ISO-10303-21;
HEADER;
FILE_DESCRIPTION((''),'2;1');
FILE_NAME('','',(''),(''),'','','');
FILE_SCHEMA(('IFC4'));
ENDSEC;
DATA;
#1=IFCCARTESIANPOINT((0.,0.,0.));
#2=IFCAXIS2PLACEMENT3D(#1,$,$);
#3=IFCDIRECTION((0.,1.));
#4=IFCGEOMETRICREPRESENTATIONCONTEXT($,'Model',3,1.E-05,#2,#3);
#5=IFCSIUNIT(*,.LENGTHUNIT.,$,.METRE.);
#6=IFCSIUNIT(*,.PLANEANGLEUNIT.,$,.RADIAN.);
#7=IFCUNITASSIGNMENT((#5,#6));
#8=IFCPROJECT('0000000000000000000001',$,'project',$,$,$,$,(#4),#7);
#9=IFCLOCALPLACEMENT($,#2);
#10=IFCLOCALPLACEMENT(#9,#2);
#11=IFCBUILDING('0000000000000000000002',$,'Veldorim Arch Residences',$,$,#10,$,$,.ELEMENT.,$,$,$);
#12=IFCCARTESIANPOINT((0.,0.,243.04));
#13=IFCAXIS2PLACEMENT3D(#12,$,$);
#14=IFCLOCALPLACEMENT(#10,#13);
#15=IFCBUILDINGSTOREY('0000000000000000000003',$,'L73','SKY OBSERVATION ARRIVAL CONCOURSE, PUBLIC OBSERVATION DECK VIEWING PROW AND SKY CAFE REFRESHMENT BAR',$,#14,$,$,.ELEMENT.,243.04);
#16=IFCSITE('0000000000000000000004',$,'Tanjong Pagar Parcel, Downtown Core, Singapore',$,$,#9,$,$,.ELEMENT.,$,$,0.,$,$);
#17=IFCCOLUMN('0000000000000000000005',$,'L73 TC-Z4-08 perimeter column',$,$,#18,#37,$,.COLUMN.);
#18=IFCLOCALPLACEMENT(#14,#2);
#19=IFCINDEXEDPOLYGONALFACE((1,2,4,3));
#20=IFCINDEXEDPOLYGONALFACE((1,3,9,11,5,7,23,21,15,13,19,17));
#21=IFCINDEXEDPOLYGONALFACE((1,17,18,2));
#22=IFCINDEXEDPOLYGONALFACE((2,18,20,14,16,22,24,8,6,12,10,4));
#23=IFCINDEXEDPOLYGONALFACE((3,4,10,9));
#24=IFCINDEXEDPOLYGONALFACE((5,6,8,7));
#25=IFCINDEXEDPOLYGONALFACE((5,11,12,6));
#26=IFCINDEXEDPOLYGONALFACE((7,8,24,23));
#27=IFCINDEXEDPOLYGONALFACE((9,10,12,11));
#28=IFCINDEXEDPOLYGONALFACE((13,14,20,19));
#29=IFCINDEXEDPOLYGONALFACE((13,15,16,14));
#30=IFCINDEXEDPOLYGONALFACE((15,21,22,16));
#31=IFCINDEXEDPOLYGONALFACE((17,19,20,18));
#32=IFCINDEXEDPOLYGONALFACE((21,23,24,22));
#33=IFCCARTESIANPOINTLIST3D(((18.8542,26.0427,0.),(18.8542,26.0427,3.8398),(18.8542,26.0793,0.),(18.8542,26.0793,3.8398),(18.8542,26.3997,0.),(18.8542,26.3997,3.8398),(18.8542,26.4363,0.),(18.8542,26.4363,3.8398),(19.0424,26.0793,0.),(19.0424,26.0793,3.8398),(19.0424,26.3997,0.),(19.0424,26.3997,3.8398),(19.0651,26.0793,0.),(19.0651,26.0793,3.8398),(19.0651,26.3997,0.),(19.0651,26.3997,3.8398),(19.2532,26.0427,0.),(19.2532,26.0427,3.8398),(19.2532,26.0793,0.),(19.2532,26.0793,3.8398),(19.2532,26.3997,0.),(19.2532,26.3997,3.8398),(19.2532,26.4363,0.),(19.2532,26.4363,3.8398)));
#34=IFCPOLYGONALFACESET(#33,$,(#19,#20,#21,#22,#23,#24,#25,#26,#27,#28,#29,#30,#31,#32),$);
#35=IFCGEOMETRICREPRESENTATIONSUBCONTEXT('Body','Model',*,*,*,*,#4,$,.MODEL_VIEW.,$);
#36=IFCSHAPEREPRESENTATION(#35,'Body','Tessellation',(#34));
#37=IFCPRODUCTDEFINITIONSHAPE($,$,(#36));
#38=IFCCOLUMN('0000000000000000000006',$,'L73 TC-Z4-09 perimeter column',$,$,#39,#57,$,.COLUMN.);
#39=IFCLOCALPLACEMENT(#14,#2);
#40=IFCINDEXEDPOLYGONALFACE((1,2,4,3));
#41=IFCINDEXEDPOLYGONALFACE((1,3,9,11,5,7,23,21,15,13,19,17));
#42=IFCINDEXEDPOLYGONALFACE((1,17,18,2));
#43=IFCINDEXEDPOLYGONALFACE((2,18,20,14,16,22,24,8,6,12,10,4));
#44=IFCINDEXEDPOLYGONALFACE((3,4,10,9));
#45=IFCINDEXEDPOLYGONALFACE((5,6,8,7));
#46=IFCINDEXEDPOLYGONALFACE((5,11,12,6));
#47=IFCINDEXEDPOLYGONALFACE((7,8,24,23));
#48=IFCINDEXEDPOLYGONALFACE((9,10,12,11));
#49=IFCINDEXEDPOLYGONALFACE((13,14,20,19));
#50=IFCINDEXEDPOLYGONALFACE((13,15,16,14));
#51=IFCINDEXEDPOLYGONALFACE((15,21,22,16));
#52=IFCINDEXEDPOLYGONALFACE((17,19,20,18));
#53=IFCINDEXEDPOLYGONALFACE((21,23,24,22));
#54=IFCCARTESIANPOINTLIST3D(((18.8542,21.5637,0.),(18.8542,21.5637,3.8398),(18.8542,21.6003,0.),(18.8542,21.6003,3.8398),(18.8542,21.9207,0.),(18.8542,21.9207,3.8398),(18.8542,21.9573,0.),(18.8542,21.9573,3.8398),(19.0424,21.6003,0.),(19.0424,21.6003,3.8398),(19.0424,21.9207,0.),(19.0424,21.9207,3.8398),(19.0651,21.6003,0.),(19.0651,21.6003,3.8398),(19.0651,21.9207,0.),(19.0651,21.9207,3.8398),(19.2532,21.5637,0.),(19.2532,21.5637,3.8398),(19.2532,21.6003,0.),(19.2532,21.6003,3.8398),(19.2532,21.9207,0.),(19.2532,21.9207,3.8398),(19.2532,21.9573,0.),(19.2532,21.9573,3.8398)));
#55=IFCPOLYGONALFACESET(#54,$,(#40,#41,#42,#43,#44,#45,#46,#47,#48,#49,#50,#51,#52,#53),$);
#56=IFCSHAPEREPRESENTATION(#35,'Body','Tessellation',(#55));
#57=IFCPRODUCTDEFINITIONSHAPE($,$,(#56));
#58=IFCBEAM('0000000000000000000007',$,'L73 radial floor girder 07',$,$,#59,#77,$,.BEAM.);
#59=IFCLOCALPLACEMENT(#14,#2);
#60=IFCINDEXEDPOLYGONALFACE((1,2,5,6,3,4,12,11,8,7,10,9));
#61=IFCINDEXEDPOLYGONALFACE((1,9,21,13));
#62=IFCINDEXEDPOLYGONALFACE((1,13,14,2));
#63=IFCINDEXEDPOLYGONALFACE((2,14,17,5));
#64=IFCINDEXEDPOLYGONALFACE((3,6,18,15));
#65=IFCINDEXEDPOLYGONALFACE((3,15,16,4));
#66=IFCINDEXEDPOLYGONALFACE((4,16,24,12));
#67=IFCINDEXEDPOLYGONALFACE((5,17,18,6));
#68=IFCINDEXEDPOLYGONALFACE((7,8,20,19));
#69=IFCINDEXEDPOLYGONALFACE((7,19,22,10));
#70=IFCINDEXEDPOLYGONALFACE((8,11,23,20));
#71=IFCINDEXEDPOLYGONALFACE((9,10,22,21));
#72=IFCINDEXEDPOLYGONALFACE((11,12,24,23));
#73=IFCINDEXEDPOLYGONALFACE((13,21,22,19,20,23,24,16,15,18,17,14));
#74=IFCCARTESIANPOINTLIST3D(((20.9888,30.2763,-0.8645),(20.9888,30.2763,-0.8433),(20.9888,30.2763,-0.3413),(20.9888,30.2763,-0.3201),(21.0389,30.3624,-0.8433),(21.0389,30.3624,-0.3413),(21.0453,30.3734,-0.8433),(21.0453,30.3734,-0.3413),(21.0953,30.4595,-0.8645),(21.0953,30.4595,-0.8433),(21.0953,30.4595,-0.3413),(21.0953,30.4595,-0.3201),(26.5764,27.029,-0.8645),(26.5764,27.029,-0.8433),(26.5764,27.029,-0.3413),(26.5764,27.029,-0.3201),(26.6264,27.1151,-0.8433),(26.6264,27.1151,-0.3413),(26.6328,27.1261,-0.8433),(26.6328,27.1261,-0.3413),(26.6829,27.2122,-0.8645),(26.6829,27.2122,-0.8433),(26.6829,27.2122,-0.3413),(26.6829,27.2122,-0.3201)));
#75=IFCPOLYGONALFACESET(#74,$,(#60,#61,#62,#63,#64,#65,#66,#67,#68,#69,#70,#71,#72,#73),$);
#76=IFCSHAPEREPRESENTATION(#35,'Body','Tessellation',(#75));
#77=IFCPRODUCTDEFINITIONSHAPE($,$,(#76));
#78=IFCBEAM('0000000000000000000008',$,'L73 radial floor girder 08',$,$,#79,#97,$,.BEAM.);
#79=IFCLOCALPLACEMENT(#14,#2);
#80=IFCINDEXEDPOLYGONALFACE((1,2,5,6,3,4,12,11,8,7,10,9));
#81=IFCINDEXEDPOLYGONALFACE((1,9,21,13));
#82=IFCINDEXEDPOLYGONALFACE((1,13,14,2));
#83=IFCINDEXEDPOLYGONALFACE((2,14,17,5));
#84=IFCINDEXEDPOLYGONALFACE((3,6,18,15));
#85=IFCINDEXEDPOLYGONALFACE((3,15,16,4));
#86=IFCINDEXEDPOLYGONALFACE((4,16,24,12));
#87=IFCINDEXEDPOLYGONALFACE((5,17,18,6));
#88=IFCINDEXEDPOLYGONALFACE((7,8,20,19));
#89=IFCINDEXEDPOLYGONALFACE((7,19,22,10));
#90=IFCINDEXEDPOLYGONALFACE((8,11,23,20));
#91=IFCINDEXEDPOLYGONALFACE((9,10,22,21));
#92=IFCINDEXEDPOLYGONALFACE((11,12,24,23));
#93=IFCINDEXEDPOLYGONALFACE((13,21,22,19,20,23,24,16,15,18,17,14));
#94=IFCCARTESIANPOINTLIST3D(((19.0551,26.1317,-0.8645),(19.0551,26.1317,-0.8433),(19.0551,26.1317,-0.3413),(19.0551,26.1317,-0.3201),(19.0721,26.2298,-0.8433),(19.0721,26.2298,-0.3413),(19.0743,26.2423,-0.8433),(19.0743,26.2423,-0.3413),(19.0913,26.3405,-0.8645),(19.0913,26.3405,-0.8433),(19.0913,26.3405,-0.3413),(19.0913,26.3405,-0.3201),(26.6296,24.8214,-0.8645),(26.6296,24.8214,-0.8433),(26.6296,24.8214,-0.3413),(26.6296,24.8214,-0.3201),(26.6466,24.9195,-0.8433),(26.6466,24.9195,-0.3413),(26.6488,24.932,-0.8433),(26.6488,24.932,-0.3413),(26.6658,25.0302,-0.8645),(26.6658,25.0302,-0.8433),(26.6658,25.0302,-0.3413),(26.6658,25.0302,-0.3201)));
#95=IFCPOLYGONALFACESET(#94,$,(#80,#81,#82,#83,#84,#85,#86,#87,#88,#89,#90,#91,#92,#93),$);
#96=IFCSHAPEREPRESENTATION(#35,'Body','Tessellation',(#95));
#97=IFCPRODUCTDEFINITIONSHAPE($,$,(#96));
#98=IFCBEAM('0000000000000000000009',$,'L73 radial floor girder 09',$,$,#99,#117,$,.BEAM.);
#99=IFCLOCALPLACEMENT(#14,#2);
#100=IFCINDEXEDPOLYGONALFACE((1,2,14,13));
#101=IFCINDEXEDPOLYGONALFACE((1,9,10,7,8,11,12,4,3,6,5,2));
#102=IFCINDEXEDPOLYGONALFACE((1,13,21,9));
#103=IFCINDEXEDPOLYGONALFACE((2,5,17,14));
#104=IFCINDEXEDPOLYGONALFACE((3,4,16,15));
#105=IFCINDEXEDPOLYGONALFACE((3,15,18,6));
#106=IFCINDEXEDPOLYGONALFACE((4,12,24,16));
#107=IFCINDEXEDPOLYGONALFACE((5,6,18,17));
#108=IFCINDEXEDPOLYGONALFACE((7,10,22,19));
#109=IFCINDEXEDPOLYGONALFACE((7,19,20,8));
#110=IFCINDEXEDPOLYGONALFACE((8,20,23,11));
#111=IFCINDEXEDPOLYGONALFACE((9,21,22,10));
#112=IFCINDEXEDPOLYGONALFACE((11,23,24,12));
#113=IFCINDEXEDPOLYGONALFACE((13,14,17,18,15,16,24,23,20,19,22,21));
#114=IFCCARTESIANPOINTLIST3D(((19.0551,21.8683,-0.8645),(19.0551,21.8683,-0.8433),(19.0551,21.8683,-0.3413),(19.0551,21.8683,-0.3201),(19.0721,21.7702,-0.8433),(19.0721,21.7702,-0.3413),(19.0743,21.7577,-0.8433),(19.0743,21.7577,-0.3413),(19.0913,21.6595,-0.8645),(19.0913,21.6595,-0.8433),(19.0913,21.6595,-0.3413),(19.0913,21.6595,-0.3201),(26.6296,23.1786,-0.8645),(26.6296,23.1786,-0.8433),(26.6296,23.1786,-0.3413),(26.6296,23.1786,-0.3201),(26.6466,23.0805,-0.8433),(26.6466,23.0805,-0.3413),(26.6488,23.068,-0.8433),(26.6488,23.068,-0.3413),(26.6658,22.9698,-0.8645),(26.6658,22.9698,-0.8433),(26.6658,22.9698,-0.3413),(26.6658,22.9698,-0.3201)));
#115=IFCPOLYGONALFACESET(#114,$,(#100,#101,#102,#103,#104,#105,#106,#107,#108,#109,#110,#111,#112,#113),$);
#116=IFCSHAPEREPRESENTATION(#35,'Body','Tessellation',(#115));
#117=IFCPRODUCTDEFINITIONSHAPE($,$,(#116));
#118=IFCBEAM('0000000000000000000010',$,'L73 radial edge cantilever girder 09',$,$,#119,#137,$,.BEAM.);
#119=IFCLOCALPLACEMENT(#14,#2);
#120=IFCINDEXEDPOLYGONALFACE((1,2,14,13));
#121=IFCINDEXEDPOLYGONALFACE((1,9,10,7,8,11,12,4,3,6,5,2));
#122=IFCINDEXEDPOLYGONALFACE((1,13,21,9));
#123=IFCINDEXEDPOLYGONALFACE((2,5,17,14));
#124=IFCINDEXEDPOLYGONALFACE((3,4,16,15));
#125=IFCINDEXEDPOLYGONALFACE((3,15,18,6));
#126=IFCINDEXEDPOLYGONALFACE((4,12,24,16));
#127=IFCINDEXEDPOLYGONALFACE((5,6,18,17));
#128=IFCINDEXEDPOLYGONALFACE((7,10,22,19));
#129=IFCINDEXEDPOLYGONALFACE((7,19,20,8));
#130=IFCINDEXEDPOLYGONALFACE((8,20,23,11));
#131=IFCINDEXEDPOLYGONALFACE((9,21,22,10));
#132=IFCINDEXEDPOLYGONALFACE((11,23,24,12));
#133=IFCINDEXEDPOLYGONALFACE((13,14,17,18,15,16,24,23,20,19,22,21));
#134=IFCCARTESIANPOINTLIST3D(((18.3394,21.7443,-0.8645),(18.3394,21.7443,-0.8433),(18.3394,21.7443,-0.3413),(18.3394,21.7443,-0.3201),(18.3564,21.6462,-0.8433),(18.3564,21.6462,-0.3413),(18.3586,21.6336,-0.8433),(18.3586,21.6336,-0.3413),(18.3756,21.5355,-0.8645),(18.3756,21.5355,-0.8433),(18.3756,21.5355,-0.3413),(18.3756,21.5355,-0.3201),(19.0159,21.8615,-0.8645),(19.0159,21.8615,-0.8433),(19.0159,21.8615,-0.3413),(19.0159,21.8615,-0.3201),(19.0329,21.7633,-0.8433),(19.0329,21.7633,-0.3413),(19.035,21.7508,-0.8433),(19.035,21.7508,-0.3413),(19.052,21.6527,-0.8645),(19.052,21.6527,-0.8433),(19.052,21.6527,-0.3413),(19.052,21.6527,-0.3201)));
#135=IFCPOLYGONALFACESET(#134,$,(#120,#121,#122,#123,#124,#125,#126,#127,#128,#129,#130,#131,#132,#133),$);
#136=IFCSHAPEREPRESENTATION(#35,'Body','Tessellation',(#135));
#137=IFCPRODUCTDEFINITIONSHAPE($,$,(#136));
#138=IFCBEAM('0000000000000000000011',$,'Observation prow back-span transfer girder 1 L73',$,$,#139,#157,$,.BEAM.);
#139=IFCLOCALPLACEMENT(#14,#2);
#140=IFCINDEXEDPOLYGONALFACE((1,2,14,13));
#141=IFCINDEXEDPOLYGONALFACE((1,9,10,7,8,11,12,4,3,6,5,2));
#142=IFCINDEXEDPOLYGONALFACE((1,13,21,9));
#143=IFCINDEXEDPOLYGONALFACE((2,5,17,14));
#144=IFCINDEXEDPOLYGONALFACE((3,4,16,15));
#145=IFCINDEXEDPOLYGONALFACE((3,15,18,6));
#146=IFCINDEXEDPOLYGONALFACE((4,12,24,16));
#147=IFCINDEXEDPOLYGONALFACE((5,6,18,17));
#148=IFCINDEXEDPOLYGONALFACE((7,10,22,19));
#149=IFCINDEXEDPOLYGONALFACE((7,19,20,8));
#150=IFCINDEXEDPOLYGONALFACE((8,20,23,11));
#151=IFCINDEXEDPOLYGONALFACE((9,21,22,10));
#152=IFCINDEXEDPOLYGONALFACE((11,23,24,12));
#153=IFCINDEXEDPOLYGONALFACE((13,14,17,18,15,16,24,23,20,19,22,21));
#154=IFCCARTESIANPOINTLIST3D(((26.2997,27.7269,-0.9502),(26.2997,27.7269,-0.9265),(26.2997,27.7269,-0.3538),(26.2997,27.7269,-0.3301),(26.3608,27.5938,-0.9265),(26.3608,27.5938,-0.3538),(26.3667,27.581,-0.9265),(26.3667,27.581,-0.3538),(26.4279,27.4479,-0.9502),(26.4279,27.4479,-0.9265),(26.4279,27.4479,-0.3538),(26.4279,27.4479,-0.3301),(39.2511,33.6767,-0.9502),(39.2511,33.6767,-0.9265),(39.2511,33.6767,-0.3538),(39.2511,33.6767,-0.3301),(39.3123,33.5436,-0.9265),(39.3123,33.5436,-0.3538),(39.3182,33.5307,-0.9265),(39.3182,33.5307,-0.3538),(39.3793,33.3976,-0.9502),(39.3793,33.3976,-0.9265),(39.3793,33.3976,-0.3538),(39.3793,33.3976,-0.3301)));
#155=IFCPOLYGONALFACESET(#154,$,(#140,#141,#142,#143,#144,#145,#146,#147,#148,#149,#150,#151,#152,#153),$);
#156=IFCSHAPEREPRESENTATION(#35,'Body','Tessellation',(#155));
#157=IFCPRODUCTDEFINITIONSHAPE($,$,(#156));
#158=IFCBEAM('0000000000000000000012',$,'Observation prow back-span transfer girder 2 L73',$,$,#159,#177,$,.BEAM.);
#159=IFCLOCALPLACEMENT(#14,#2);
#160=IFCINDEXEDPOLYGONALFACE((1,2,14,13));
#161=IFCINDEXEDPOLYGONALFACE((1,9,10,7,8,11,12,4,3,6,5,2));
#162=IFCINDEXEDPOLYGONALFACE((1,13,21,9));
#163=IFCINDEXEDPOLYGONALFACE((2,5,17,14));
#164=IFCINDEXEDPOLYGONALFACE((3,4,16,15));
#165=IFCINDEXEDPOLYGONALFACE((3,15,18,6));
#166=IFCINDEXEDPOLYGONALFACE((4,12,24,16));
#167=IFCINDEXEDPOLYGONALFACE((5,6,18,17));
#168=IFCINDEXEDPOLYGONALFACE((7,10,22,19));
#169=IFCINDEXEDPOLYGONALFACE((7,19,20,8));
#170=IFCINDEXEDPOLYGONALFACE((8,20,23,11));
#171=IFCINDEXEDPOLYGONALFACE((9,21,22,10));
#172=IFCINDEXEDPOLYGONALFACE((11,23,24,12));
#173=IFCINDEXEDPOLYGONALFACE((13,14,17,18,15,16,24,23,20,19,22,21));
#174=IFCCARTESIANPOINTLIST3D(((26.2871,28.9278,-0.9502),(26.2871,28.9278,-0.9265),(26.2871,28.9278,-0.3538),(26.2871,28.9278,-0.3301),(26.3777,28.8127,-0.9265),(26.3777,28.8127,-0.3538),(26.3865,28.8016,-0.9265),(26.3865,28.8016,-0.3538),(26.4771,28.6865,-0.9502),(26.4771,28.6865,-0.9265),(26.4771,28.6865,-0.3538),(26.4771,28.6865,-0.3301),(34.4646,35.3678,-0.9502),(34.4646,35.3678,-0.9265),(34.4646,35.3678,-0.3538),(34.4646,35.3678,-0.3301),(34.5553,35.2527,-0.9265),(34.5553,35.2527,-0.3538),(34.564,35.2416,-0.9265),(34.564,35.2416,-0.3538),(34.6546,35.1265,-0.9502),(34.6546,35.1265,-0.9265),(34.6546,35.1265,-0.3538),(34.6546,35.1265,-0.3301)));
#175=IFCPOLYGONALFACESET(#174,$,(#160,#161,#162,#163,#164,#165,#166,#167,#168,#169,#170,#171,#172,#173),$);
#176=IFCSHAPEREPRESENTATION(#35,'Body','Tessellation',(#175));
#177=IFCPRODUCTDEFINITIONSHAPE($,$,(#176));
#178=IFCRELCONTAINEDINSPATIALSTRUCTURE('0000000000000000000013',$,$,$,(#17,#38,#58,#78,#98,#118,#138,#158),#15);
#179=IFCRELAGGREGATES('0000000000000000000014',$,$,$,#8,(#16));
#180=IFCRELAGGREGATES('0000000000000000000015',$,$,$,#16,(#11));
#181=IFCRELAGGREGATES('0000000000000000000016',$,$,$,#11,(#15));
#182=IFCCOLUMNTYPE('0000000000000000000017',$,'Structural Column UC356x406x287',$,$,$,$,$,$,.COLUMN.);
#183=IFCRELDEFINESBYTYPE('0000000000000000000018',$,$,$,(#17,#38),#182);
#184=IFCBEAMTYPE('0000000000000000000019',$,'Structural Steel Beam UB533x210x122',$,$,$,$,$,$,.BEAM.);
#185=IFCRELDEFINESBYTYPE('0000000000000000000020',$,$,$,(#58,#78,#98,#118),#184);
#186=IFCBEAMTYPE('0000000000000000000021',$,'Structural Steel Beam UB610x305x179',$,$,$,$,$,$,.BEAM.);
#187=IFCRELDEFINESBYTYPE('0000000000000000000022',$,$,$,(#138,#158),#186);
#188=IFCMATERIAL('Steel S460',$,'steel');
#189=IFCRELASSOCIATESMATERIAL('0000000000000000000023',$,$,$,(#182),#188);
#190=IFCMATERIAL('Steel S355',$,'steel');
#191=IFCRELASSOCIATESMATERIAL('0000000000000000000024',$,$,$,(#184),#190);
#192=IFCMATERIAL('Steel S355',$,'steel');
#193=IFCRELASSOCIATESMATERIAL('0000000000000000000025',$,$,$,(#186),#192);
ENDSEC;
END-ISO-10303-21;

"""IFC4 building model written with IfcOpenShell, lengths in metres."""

from ifc_helpers import new_model, si_unit, direction, frame, origin, origin_2d, place, context, subcontext, project, spatial, i_section, extrude, material, material_profile, profile_set, type_object, element, save


model = new_model("IFC4")

# Units and contexts
model_context = context("Model", 3, precision=1e-05, world=origin(), true_north=direction((0.0, 1.0)))
body_context = subcontext(model_context, "Body", "Model", "MODEL_VIEW")
ifc_project = project(units=[si_unit("LENGTHUNIT", "METRE"), si_unit("PLANEANGLEUNIT", "RADIAN")], contexts=[model_context])

# Site, building, storey
site_placement = place(None, origin())
site = spatial("IfcSite", under=ifc_project, at=site_placement, Name="Tanjong Pagar Parcel, Downtown Core, Singapore", CompositionType="ELEMENT", RefElevation=0.0)
building_placement = place(site_placement, origin())
building = spatial("IfcBuilding", under=site, at=building_placement, Name="Veldorim Arch Residences", CompositionType="ELEMENT")
storey_placement = place(building_placement, frame((0.0, 0.0, 243.04)))
storey = spatial("IfcBuildingStorey", under=building, at=storey_placement, Name="L73", Description="SKY OBSERVATION ARRIVAL CONCOURSE, PUBLIC OBSERVATION DECK VIEWING PROW AND SKY CAFE REFRESHMENT BAR", CompositionType="ELEMENT", Elevation=243.04)

# Columns
ifc_material_1 = material(Name="Steel S460", Category="steel")
ifc_material_profile_1 = material_profile(ifc_material_1, i_section(OverallWidth=0.3989, OverallDepth=0.3936, WebThickness=0.0227, FlangeThickness=0.0366, at=origin_2d()), Name="UC356x406x287")
ifc_profile_set_1 = profile_set([ifc_material_profile_1], Name="Steel S460")
column_type = type_object("IfcColumnType", Name="Structural Column UC356x406x287", PredefinedType="COLUMN", material=ifc_profile_set_1)
for number, where, z_axis, x_axis, name in (
    (1, (19.0537, 26.2395, 0.0), (0.0, 0.0, 1.0), (1.0, 0.0, 0.0), "L73 TC-Z4-08 perimeter column"),
    (2, (19.0537, 21.7605, 0.0), (0.0, 0.0, 1.0), (1.0, 0.0, 0.0), "L73 TC-Z4-09 perimeter column"),
):
    element("IfcColumn", number, at=place(storey_placement, frame(where, z_axis=z_axis, x_axis=x_axis)), inside=storey, type_object=column_type, Name=name, PredefinedType="COLUMN", context=body_context, shape_type="SweptSolid", body=[
        extrude(i_section(OverallWidth=0.3989, OverallDepth=0.3936, WebThickness=0.0227, FlangeThickness=0.0366, at=origin_2d()), origin(), (0.0, 0.0, 1.0), 3.8398),
    ])

# Beams
ifc_material_2 = material(Name="Steel S355", Category="steel")
ifc_material_profile_2 = material_profile(ifc_material_2, i_section(OverallWidth=0.2119, OverallDepth=0.5444, WebThickness=0.0127, FlangeThickness=0.0212, at=origin_2d()), Name="UB533x210x122")
ifc_profile_set_2 = profile_set([ifc_material_profile_2], Name="Steel S355")
beam_type_1 = type_object("IfcBeamType", Name="Structural Steel Beam UB533x210x122", PredefinedType="BEAM", material=ifc_profile_set_2)
beam_1_placement = place(storey_placement, frame((26.6296, 27.1206, -0.5923), z_axis=(-0.864596, 0.502468, 0.0), x_axis=(-0.502468, -0.864596, 0.0)))
element("IfcBeam", 3, at=beam_1_placement, inside=storey, type_object=beam_type_1, Name="L73 radial floor girder 07", PredefinedType="BEAM", context=body_context, shape_type="SweptSolid", body=[
    extrude(i_section(OverallWidth=0.2119, OverallDepth=0.5444, WebThickness=0.0127, FlangeThickness=0.0212, at=origin_2d()), origin(), (0.0, 0.0, 1.0), 6.4626),
])
for number, where, z_axis, x_axis, name in (
    (4, (26.6477, 24.9258, -0.5923), (-0.985365, 0.170458, 0.0), (-0.170458, -0.985365, 0.0), "L73 radial floor girder 08"),
    (5, (26.6477, 23.0742, -0.5923), (-0.985365, -0.170458, 0.0), (0.170458, -0.985365, 0.0), "L73 radial floor girder 09"),
):
    element("IfcBeam", number, at=place(storey_placement, frame(where, z_axis=z_axis, x_axis=x_axis)), inside=storey, type_object=beam_type_1, Name=name, PredefinedType="BEAM", context=body_context, shape_type="SweptSolid", body=[
        extrude(i_section(OverallWidth=0.2119, OverallDepth=0.5444, WebThickness=0.0127, FlangeThickness=0.0212, at=origin_2d()), origin(), (0.0, 0.0, 1.0), 7.687),
    ])
beam_2_placement = place(storey_placement, frame((19.0339, 21.7571, -0.5923), z_axis=(-0.985326, -0.170681, 0.0), x_axis=(0.170681, -0.985326, 0.0)))
element("IfcBeam", 6, at=beam_2_placement, inside=storey, type_object=beam_type_1, Name="L73 radial edge cantilever girder 09", PredefinedType="BEAM", context=body_context, shape_type="SweptSolid", body=[
    extrude(i_section(OverallWidth=0.2119, OverallDepth=0.5444, WebThickness=0.0127, FlangeThickness=0.0212, at=origin_2d()), origin(), (0.0, 0.0, 1.0), 0.6865),
])
ifc_material_3 = material(Name="Steel S355", Category="steel")
ifc_material_profile_3 = material_profile(ifc_material_3, i_section(OverallWidth=0.3071, OverallDepth=0.6201, WebThickness=0.0142, FlangeThickness=0.0237, at=origin_2d()), Name="UB610x305x179")
ifc_profile_set_3 = profile_set([ifc_material_profile_3], Name="Steel S355")
beam_type_2 = type_object("IfcBeamType", Name="Structural Steel Beam UB610x305x179", PredefinedType="BEAM", material=ifc_profile_set_3)
beam_3_placement = place(storey_placement, frame((26.3638, 27.5874, -0.6401), z_axis=(0.908702, 0.417446, 0.0), x_axis=(-0.417446, 0.908702, 0.0)))
element("IfcBeam", 7, at=beam_3_placement, inside=storey, type_object=beam_type_2, Name="Observation prow back-span transfer girder 1 L73", PredefinedType="BEAM", context=body_context, shape_type="SweptSolid", body=[
    extrude(i_section(OverallWidth=0.3071, OverallDepth=0.6201, WebThickness=0.0142, FlangeThickness=0.0237, at=origin_2d()), origin(), (0.0, 0.0, 1.0), 14.2527),
])
beam_4_placement = place(storey_placement, frame((26.3821, 28.8071, -0.6401), z_axis=(0.785628, 0.618699, 0.0), x_axis=(-0.618699, 0.785628, 0.0)))
element("IfcBeam", 8, at=beam_4_placement, inside=storey, type_object=beam_type_2, Name="Observation prow back-span transfer girder 2 L73", PredefinedType="BEAM", context=body_context, shape_type="SweptSolid", body=[
    extrude(i_section(OverallWidth=0.3071, OverallDepth=0.6201, WebThickness=0.0142, FlangeThickness=0.0237, at=origin_2d()), origin(), (0.0, 0.0, 1.0), 10.4089),
])

save(model, "model.ifc")
